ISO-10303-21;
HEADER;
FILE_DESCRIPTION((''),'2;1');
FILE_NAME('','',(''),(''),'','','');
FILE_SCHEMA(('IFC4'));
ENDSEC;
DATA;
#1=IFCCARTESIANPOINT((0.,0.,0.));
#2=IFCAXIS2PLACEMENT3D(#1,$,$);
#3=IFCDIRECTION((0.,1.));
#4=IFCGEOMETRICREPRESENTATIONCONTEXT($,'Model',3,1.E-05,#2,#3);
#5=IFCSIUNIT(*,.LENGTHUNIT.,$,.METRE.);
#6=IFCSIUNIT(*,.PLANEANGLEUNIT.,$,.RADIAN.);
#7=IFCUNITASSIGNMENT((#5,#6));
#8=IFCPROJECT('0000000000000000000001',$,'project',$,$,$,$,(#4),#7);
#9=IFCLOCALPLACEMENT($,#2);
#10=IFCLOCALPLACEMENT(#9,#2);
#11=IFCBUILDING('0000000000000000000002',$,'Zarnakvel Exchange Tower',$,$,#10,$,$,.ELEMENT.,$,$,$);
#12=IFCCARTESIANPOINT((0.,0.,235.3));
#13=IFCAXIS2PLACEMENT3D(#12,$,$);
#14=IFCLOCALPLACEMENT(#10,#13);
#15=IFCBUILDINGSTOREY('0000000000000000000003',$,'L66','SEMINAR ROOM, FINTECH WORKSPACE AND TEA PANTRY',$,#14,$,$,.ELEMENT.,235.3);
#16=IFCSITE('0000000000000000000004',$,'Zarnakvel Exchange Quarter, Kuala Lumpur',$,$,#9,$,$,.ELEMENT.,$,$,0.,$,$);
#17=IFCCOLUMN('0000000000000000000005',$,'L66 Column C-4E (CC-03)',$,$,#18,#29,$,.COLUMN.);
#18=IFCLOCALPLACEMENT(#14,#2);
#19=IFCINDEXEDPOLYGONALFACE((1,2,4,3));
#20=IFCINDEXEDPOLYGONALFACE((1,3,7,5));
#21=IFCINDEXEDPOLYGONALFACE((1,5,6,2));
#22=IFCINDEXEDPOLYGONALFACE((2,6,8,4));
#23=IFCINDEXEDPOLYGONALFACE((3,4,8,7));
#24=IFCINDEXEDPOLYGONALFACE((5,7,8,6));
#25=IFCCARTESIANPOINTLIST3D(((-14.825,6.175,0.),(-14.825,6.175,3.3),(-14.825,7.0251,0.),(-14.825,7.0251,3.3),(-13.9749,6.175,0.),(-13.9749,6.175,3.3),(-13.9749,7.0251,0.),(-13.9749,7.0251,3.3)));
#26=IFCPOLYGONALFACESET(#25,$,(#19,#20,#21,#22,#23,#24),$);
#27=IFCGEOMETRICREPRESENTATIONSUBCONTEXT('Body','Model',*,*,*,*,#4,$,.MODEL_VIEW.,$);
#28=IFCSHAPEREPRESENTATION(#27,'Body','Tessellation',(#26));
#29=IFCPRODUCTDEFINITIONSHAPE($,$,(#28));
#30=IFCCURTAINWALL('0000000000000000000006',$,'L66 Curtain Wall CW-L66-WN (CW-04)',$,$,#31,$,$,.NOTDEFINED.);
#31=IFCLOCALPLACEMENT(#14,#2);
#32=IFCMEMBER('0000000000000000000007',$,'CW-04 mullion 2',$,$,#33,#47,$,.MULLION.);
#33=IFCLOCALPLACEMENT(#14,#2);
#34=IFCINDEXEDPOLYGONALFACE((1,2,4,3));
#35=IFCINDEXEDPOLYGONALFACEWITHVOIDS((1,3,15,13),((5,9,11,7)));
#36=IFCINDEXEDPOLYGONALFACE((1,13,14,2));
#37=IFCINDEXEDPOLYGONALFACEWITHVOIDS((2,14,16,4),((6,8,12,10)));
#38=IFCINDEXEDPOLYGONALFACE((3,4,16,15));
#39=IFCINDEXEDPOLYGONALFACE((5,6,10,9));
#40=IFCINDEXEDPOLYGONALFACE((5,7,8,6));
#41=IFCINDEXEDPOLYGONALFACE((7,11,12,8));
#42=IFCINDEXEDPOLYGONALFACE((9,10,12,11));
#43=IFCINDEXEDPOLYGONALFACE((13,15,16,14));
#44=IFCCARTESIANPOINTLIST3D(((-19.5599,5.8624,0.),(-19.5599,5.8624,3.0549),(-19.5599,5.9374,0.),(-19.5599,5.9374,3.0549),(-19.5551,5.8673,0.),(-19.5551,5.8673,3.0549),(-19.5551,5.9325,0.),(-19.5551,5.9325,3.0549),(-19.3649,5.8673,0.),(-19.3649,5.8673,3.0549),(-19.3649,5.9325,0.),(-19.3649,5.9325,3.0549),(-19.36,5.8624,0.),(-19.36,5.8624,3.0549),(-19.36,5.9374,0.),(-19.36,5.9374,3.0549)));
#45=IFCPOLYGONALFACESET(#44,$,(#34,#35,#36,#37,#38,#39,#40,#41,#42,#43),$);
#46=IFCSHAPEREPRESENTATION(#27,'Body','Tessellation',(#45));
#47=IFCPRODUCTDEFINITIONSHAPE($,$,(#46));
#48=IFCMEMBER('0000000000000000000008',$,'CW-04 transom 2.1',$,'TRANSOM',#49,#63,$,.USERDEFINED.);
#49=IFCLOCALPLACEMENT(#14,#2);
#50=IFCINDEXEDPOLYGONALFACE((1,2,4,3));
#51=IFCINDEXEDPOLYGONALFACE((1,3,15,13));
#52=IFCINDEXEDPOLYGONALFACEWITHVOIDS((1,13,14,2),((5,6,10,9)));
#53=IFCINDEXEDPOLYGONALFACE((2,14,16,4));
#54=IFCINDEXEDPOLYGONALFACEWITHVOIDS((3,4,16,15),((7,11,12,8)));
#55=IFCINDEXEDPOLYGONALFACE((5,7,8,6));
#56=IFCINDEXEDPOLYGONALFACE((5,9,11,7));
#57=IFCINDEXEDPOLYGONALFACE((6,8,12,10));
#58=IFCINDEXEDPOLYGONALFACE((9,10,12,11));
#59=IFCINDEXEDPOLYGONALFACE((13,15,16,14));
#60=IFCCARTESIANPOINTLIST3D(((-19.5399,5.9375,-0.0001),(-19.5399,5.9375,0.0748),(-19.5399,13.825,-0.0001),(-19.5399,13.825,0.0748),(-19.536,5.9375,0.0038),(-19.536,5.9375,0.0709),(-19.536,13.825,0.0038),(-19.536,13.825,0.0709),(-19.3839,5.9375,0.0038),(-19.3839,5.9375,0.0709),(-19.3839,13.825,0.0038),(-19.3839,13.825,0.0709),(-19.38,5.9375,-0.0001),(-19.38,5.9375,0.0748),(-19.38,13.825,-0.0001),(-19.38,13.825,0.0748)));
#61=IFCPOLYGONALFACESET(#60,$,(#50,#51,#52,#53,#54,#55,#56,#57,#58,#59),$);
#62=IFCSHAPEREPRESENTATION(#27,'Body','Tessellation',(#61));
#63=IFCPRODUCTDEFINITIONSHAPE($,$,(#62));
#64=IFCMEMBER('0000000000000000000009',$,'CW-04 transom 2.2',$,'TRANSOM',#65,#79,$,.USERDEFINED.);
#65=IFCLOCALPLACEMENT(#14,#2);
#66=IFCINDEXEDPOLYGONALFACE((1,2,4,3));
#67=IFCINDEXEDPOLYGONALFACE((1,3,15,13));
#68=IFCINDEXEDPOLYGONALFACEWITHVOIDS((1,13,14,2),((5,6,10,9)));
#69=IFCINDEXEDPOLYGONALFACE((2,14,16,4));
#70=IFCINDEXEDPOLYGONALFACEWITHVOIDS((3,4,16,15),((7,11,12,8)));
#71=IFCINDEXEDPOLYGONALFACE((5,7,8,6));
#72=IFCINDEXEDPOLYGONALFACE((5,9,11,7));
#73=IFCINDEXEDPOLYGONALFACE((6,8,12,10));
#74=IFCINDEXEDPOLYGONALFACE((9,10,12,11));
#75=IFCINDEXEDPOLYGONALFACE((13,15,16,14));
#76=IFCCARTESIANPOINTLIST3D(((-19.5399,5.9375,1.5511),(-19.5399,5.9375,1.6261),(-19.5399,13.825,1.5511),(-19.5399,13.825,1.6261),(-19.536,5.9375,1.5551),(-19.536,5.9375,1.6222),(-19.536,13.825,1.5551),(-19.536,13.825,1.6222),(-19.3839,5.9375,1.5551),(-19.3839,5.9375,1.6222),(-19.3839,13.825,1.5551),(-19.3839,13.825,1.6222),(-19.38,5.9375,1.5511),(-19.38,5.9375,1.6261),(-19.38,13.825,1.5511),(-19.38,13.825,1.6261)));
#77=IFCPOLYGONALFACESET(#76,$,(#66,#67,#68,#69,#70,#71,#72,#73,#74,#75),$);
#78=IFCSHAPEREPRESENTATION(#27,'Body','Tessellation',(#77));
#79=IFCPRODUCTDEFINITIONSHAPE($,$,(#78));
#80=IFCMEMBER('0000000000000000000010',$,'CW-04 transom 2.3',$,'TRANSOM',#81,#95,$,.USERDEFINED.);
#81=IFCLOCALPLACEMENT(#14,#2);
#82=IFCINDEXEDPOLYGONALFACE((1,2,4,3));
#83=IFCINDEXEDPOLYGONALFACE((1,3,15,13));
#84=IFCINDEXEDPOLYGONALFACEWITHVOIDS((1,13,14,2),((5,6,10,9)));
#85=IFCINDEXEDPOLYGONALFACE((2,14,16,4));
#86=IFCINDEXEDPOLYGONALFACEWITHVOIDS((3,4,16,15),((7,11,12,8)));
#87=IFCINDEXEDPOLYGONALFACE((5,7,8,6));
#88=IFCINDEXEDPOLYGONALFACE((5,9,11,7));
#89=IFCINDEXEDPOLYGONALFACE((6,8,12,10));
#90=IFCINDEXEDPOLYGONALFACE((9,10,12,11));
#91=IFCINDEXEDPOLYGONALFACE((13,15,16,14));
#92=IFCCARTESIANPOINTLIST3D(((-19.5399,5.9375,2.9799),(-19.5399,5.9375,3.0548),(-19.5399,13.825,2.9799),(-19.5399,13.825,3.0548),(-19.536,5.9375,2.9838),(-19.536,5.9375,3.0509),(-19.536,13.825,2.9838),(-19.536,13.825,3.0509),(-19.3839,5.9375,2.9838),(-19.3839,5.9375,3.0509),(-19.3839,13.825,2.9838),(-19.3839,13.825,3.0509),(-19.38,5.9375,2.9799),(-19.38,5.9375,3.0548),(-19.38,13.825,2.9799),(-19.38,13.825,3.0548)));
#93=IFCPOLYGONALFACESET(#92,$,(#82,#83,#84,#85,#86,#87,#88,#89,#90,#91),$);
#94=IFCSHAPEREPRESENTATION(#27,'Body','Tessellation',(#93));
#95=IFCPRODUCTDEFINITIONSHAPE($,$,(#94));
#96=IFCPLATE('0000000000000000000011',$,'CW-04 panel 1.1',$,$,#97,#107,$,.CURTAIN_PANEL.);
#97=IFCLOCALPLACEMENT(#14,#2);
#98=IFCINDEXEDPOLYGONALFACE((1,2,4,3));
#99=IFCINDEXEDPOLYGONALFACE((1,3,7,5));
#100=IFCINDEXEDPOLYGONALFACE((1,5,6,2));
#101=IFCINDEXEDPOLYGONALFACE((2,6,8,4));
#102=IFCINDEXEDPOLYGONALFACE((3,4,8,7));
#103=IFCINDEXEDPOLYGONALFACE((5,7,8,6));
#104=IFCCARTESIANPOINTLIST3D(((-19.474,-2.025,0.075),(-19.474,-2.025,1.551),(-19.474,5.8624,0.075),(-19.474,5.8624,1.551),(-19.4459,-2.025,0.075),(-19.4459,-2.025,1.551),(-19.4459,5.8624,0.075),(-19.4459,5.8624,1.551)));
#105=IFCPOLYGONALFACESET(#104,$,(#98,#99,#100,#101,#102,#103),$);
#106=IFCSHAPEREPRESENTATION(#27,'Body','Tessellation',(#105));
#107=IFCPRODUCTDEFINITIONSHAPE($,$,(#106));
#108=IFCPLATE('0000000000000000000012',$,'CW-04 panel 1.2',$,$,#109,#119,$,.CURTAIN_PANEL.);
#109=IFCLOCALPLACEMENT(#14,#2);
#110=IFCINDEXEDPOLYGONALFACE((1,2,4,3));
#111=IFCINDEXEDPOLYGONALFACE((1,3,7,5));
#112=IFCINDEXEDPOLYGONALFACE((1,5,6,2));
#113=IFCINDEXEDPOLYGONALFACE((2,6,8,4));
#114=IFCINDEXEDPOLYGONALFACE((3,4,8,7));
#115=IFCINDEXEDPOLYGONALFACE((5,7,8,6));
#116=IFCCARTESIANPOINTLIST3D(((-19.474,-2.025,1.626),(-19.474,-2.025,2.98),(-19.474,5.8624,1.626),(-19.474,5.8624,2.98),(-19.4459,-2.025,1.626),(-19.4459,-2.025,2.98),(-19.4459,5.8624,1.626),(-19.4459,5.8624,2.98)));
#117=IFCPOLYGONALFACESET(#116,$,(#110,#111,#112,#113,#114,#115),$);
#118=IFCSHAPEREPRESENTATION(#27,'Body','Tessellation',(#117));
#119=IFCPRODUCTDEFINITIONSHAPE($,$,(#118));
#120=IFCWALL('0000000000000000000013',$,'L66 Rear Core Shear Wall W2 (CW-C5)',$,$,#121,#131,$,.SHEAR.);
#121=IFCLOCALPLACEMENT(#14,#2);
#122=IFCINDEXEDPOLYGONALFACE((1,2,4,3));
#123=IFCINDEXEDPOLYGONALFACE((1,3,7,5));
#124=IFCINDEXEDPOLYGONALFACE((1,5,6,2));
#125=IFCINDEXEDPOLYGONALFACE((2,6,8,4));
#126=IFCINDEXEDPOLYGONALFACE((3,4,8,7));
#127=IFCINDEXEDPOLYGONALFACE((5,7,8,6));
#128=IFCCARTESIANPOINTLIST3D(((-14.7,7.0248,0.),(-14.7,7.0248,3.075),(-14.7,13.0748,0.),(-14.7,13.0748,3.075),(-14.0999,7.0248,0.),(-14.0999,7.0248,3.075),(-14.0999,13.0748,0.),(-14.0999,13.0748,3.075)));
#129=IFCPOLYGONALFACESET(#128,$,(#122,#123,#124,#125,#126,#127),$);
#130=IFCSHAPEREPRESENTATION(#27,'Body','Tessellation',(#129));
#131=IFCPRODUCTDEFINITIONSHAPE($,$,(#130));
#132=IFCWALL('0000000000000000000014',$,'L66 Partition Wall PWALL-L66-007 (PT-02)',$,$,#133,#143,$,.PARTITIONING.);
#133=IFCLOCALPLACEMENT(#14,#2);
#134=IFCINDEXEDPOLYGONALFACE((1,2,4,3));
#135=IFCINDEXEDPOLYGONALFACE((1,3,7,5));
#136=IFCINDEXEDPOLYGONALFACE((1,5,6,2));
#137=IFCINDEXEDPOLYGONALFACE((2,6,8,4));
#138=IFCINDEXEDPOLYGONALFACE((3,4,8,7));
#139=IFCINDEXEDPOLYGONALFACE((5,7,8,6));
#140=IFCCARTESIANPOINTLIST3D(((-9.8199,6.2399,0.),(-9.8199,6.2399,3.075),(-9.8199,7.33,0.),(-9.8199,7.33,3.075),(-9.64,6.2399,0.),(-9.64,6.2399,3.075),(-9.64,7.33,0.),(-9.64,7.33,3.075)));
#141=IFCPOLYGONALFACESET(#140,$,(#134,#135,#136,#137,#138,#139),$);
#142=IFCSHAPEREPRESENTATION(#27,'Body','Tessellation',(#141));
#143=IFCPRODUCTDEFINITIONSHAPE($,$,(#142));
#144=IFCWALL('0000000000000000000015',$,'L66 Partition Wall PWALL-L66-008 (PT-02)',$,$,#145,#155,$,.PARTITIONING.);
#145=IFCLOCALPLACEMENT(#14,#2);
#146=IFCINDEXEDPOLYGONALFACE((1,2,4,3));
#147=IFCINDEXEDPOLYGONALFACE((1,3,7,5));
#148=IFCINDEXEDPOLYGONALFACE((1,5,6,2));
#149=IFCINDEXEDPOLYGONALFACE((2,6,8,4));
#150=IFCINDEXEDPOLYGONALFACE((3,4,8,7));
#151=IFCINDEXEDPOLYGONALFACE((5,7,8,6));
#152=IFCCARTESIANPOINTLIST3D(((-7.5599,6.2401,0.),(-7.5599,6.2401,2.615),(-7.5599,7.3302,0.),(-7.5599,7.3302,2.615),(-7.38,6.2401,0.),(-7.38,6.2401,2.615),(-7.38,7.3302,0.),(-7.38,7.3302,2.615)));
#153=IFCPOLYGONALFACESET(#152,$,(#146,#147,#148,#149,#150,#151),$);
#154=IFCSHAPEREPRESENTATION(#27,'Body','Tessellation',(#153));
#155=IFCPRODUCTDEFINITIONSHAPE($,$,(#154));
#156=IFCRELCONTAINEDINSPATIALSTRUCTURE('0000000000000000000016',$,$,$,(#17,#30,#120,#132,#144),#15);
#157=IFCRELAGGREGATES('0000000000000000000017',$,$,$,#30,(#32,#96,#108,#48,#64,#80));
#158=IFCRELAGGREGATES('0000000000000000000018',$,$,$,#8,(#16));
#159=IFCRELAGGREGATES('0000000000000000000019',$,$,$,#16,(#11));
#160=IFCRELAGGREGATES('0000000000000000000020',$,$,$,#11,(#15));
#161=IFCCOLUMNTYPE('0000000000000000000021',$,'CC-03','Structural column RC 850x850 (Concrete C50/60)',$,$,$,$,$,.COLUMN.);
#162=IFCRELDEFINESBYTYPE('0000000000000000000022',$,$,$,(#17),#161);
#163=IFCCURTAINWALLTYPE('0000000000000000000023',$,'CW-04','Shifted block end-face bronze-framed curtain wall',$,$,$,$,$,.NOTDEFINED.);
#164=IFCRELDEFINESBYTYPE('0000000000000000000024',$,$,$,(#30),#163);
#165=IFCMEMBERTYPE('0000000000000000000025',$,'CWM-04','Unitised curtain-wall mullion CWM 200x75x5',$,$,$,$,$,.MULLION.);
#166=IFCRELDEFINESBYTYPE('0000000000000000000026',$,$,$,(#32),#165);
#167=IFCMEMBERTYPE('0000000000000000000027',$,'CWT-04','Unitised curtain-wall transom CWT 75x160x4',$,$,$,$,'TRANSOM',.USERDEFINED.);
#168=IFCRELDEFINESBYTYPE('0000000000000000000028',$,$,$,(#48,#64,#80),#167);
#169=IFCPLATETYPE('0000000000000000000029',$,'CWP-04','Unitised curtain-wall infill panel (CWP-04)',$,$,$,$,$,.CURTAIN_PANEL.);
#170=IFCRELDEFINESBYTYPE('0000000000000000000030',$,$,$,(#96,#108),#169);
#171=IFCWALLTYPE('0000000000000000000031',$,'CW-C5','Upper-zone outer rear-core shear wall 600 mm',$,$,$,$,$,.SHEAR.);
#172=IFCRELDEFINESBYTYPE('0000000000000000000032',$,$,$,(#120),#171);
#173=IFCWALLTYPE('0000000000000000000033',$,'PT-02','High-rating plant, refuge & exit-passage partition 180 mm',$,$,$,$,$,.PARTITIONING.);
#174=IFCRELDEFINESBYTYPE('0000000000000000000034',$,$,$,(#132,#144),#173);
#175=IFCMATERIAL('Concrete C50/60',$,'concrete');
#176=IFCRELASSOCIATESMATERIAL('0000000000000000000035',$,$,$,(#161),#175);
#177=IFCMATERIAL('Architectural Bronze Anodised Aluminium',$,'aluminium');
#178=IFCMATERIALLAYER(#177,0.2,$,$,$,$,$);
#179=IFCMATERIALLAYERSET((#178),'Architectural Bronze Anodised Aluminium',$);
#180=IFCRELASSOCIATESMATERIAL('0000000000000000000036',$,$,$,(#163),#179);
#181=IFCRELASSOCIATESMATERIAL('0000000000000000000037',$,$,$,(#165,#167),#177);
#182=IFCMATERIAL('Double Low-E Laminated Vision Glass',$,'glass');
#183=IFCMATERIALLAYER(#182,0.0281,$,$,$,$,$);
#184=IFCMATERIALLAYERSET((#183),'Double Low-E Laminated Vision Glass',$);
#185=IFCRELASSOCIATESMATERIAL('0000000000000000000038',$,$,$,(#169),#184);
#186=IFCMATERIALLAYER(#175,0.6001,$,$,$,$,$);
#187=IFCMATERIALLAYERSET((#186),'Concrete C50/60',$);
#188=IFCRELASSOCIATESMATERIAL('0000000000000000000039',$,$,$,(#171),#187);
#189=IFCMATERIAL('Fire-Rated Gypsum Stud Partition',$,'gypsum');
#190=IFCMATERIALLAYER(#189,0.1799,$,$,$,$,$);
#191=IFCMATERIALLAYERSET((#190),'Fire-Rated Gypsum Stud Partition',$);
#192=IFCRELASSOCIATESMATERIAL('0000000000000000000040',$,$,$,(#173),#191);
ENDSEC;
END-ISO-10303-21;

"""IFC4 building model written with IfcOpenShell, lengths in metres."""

from ifc_helpers import new_model, si_unit, direction, frame, frame_2d, origin, origin_2d, place, context, subcontext, project, spatial, rectangle, hollow_rectangle, extrude, source, transform, mapped, material, layer, layer_set, material_profile, profile_set, type_object, element, aggregate, save


model = new_model("IFC4")

# Units and contexts
model_context = context("Model", 3, precision=1e-05, world=origin(), true_north=direction((0.0, 1.0)))
body_context = subcontext(model_context, "Body", "Model", "MODEL_VIEW")
ifc_project = project(units=[si_unit("LENGTHUNIT", "METRE"), si_unit("PLANEANGLEUNIT", "RADIAN")], contexts=[model_context])

# Site, building, storey
site_placement = place(None, origin())
site = spatial("IfcSite", under=ifc_project, at=site_placement, Name="Zarnakvel Exchange Quarter, Kuala Lumpur", CompositionType="ELEMENT", RefElevation=0.0)
building_placement = place(site_placement, origin())
building = spatial("IfcBuilding", under=site, at=building_placement, Name="Zarnakvel Exchange Tower", CompositionType="ELEMENT")
storey_placement = place(building_placement, frame((0.0, 0.0, 235.3)))
storey = spatial("IfcBuildingStorey", under=building, at=storey_placement, Name="L66", Description="SEMINAR ROOM, FINTECH WORKSPACE AND TEA PANTRY", CompositionType="ELEMENT", Elevation=235.3)

# Column
ifc_material_1 = material(Name="Concrete C50/60", Category="concrete")
ifc_material_profile_1 = material_profile(ifc_material_1, rectangle(XDim=0.8501, YDim=0.8501, at=origin_2d()))
ifc_profile_set_1 = profile_set([ifc_material_profile_1], Name="Concrete C50/60")
column_type = type_object("IfcColumnType", Name="CC-03", Description="Structural column RC 850x850 (Concrete C50/60)", PredefinedType="COLUMN", material=ifc_profile_set_1)
column_placement = place(storey_placement, frame((-14.3999, 6.6001, 0.0), z_axis=(0.0, 0.0, 1.0), x_axis=(1.0, 0.0, 0.0)))
element("IfcColumn", 1, at=column_placement, inside=storey, type_object=column_type, Name="L66 Column C-4E (CC-03)", PredefinedType="COLUMN", context=body_context, shape_type="SweptSolid", body=[
    extrude(rectangle(XDim=0.8501, YDim=0.8501, at=origin_2d()), origin(), (0.0, 0.0, 1.0), 3.3),
])

# Curtain wall, members, plates
ifc_material_2 = material(Name="Architectural Bronze Anodised Aluminium", Category="aluminium")
ifc_layer_1 = layer(ifc_material_2, 0.2)
ifc_layer_set_1 = layer_set([ifc_layer_1], Name="Architectural Bronze Anodised Aluminium")
curtain_wall_type = type_object("IfcCurtainWallType", Name="CW-04", Description="Shifted block end-face bronze-framed curtain wall", PredefinedType="NOTDEFINED", material=ifc_layer_set_1)
curtain_wall_placement = place(storey_placement, origin())
curtain_wall = element("IfcCurtainWall", 2, at=curtain_wall_placement, inside=storey, type_object=curtain_wall_type, Name="L66 Curtain Wall CW-L66-WN (CW-04)", PredefinedType="NOTDEFINED")
ifc_material_profile_2 = material_profile(ifc_material_2, hollow_rectangle(XDim=0.2, YDim=0.075, WallThickness=0.0049, at=origin_2d()))
ifc_profile_set_2 = profile_set([ifc_material_profile_2], Name="Architectural Bronze Anodised Aluminium")
member_type_1 = type_object("IfcMemberType", Name="CWM-04", Description="Unitised curtain-wall mullion CWM 200x75x5", PredefinedType="MULLION", material=ifc_profile_set_2)
shared_shape_1 = source(origin(), body_context, "Body", "SweptSolid", [
    extrude(hollow_rectangle(XDim=0.2, YDim=0.075, WallThickness=0.0049, at=origin_2d()), origin(), (0.0, 0.0, 1.0), 3.0549),
])
member_1_placement = place(storey_placement, frame((-19.46, 5.8999, 0.0), z_axis=(0.0, 0.0, 1.0), x_axis=(-1.0, 0.0, 0.0)))
member_1 = element("IfcMember", 3, at=member_1_placement, type_object=member_type_1, Name="CW-04 mullion 2", PredefinedType="MULLION", context=body_context, shape_type="MappedRepresentation", body=[
    mapped(shared_shape_1, transform((0.0, 0.0, 0.0), x_axis=(1.0, 0.0, 0.0), y_axis=(0.0, 1.0, 0.0), z_axis=(0.0, 0.0, 1.0), scale=1.0)),
])
ifc_material_profile_3 = material_profile(ifc_material_2, hollow_rectangle(XDim=0.1599, YDim=0.075, WallThickness=0.0039, at=origin_2d()))
ifc_profile_set_3 = profile_set([ifc_material_profile_3], Name="Architectural Bronze Anodised Aluminium")
member_type_2 = type_object("IfcMemberType", Name="CWT-04", Description="Unitised curtain-wall transom CWT 75x160x4", ElementType="TRANSOM", PredefinedType="USERDEFINED", material=ifc_profile_set_3)
shared_shape_2 = source(origin(), body_context, "Body", "SweptSolid", [
    extrude(hollow_rectangle(XDim=0.1599, YDim=0.075, WallThickness=0.0039, at=origin_2d()), origin(), (0.0, 0.0, 1.0), 7.8875),
])
member_2_placement = place(storey_placement, frame((-19.46, 5.9375, 0.0374), z_axis=(0.0, 1.0, 0.0), x_axis=(-1.0, 0.0, 0.0)))
member_2 = element("IfcMember", 4, at=member_2_placement, type_object=member_type_2, Name="CW-04 transom 2.1", ObjectType="TRANSOM", PredefinedType="USERDEFINED", context=body_context, shape_type="MappedRepresentation", body=[
    mapped(shared_shape_2, transform((0.0, 0.0, 0.0), x_axis=(1.0, 0.0, 0.0), y_axis=(0.0, 1.0, 0.0), z_axis=(0.0, 0.0, 1.0), scale=1.0)),
])
member_3_placement = place(storey_placement, frame((-19.46, 5.9375, 1.5886), z_axis=(0.0, 1.0, 0.0), x_axis=(-1.0, 0.0, 0.0)))
member_3 = element("IfcMember", 5, at=member_3_placement, type_object=member_type_2, Name="CW-04 transom 2.2", ObjectType="TRANSOM", PredefinedType="USERDEFINED", context=body_context, shape_type="MappedRepresentation", body=[
    mapped(shared_shape_2, transform((0.0, 0.0, 0.0), x_axis=(1.0, 0.0, 0.0), y_axis=(0.0, 1.0, 0.0), z_axis=(0.0, 0.0, 1.0), scale=1.0)),
])
member_4_placement = place(storey_placement, frame((-19.46, 5.9375, 3.0173), z_axis=(0.0, 1.0, 0.0), x_axis=(-1.0, 0.0, 0.0)))
member_4 = element("IfcMember", 6, at=member_4_placement, type_object=member_type_2, Name="CW-04 transom 2.3", ObjectType="TRANSOM", PredefinedType="USERDEFINED", context=body_context, shape_type="MappedRepresentation", body=[
    mapped(shared_shape_2, transform((0.0, 0.0, 0.0), x_axis=(1.0, 0.0, 0.0), y_axis=(0.0, 1.0, 0.0), z_axis=(0.0, 0.0, 1.0), scale=1.0)),
])
ifc_material_3 = material(Name="Double Low-E Laminated Vision Glass", Category="glass")
ifc_layer_2 = layer(ifc_material_3, 0.0281)
ifc_layer_set_2 = layer_set([ifc_layer_2], Name="Double Low-E Laminated Vision Glass")
plate_type = type_object("IfcPlateType", Name="CWP-04", Description="Unitised curtain-wall infill panel (CWP-04)", PredefinedType="CURTAIN_PANEL", material=ifc_layer_set_2)
shared_shape_3 = source(origin(), body_context, "Body", "SweptSolid", [
    extrude(rectangle(XDim=7.8875, YDim=0.0281, at=origin_2d()), origin(), (0.0, 0.0, 1.0), 1.4761),
])
plate_1_placement = place(storey_placement, frame((-19.46, 1.9187, 0.075), z_axis=(0.0, 0.0, 1.0), x_axis=(0.0, 1.0, 0.0)))
plate_1 = element("IfcPlate", 7, at=plate_1_placement, type_object=plate_type, Name="CW-04 panel 1.1", PredefinedType="CURTAIN_PANEL", context=body_context, shape_type="MappedRepresentation", body=[
    mapped(shared_shape_3, transform((0.0, 0.0, 0.0), x_axis=(1.0, 0.0, 0.0), y_axis=(0.0, 1.0, 0.0), z_axis=(0.0, 0.0, 1.0), scale=1.0)),
])
shared_shape_4 = source(origin(), body_context, "Body", "SweptSolid", [
    extrude(rectangle(XDim=7.8875, YDim=0.0281, at=origin_2d()), origin(), (0.0, 0.0, 1.0), 1.354),
])
plate_2_placement = place(storey_placement, frame((-19.46, 1.9187, 1.626), z_axis=(0.0, 0.0, 1.0), x_axis=(0.0, 1.0, 0.0)))
plate_2 = element("IfcPlate", 8, at=plate_2_placement, type_object=plate_type, Name="CW-04 panel 1.2", PredefinedType="CURTAIN_PANEL", context=body_context, shape_type="MappedRepresentation", body=[
    mapped(shared_shape_4, transform((0.0, 0.0, 0.0), x_axis=(1.0, 0.0, 0.0), y_axis=(0.0, 1.0, 0.0), z_axis=(0.0, 0.0, 1.0), scale=1.0)),
])
aggregate(curtain_wall, [member_1, plate_1, plate_2, member_2, member_3, member_4])

# Walls
ifc_layer_3 = layer(ifc_material_1, 0.6001)
ifc_layer_set_3 = layer_set([ifc_layer_3], Name="Concrete C50/60")
wall_type_1 = type_object("IfcWallType", Name="CW-C5", Description="Upper-zone outer rear-core shear wall 600 mm", PredefinedType="SHEAR", material=ifc_layer_set_3)
wall_1_placement = place(storey_placement, frame((-14.3999, 7.0249, 0.0), z_axis=(0.0, 0.0, 1.0), x_axis=(0.0, 1.0, 0.0)))
element("IfcWall", 9, at=wall_1_placement, inside=storey, type_object=wall_type_1, Name="L66 Rear Core Shear Wall W2 (CW-C5)", PredefinedType="SHEAR", context=body_context, shape_type="SweptSolid", body=[
    extrude(rectangle(XDim=6.05, YDim=0.6001, at=frame_2d((3.0249, 0.0))), origin(), (0.0, 0.0, 1.0), 3.075),
])
ifc_material_4 = material(Name="Fire-Rated Gypsum Stud Partition", Category="gypsum")
ifc_layer_4 = layer(ifc_material_4, 0.1799)
ifc_layer_set_4 = layer_set([ifc_layer_4], Name="Fire-Rated Gypsum Stud Partition")
wall_type_2 = type_object("IfcWallType", Name="PT-02", Description="High-rating plant, refuge & exit-passage partition 180 mm", PredefinedType="PARTITIONING", material=ifc_layer_set_4)
wall_2_placement = place(storey_placement, frame((-9.73, 6.24, 0.0), z_axis=(0.0, 0.0, 1.0), x_axis=(0.0, 1.0, 0.0)))
element("IfcWall", 10, at=wall_2_placement, inside=storey, type_object=wall_type_2, Name="L66 Partition Wall PWALL-L66-007 (PT-02)", PredefinedType="PARTITIONING", context=body_context, shape_type="SweptSolid", body=[
    extrude(rectangle(XDim=1.0901, YDim=0.1799, at=frame_2d((0.5449, 0.0))), origin(), (0.0, 0.0, 1.0), 3.075),
])
wall_3_placement = place(storey_placement, frame((-7.47, 7.3301, 0.0), z_axis=(0.0, 0.0, 1.0), x_axis=(0.0, -1.0, 0.0)))
element("IfcWall", 11, at=wall_3_placement, inside=storey, type_object=wall_type_2, Name="L66 Partition Wall PWALL-L66-008 (PT-02)", PredefinedType="PARTITIONING", context=body_context, shape_type="SweptSolid", body=[
    extrude(rectangle(XDim=1.0901, YDim=0.1799, at=frame_2d((0.5449, 0.0))), origin(), (0.0, 0.0, 1.0), 2.615),
])

save(model, "model.ifc")
